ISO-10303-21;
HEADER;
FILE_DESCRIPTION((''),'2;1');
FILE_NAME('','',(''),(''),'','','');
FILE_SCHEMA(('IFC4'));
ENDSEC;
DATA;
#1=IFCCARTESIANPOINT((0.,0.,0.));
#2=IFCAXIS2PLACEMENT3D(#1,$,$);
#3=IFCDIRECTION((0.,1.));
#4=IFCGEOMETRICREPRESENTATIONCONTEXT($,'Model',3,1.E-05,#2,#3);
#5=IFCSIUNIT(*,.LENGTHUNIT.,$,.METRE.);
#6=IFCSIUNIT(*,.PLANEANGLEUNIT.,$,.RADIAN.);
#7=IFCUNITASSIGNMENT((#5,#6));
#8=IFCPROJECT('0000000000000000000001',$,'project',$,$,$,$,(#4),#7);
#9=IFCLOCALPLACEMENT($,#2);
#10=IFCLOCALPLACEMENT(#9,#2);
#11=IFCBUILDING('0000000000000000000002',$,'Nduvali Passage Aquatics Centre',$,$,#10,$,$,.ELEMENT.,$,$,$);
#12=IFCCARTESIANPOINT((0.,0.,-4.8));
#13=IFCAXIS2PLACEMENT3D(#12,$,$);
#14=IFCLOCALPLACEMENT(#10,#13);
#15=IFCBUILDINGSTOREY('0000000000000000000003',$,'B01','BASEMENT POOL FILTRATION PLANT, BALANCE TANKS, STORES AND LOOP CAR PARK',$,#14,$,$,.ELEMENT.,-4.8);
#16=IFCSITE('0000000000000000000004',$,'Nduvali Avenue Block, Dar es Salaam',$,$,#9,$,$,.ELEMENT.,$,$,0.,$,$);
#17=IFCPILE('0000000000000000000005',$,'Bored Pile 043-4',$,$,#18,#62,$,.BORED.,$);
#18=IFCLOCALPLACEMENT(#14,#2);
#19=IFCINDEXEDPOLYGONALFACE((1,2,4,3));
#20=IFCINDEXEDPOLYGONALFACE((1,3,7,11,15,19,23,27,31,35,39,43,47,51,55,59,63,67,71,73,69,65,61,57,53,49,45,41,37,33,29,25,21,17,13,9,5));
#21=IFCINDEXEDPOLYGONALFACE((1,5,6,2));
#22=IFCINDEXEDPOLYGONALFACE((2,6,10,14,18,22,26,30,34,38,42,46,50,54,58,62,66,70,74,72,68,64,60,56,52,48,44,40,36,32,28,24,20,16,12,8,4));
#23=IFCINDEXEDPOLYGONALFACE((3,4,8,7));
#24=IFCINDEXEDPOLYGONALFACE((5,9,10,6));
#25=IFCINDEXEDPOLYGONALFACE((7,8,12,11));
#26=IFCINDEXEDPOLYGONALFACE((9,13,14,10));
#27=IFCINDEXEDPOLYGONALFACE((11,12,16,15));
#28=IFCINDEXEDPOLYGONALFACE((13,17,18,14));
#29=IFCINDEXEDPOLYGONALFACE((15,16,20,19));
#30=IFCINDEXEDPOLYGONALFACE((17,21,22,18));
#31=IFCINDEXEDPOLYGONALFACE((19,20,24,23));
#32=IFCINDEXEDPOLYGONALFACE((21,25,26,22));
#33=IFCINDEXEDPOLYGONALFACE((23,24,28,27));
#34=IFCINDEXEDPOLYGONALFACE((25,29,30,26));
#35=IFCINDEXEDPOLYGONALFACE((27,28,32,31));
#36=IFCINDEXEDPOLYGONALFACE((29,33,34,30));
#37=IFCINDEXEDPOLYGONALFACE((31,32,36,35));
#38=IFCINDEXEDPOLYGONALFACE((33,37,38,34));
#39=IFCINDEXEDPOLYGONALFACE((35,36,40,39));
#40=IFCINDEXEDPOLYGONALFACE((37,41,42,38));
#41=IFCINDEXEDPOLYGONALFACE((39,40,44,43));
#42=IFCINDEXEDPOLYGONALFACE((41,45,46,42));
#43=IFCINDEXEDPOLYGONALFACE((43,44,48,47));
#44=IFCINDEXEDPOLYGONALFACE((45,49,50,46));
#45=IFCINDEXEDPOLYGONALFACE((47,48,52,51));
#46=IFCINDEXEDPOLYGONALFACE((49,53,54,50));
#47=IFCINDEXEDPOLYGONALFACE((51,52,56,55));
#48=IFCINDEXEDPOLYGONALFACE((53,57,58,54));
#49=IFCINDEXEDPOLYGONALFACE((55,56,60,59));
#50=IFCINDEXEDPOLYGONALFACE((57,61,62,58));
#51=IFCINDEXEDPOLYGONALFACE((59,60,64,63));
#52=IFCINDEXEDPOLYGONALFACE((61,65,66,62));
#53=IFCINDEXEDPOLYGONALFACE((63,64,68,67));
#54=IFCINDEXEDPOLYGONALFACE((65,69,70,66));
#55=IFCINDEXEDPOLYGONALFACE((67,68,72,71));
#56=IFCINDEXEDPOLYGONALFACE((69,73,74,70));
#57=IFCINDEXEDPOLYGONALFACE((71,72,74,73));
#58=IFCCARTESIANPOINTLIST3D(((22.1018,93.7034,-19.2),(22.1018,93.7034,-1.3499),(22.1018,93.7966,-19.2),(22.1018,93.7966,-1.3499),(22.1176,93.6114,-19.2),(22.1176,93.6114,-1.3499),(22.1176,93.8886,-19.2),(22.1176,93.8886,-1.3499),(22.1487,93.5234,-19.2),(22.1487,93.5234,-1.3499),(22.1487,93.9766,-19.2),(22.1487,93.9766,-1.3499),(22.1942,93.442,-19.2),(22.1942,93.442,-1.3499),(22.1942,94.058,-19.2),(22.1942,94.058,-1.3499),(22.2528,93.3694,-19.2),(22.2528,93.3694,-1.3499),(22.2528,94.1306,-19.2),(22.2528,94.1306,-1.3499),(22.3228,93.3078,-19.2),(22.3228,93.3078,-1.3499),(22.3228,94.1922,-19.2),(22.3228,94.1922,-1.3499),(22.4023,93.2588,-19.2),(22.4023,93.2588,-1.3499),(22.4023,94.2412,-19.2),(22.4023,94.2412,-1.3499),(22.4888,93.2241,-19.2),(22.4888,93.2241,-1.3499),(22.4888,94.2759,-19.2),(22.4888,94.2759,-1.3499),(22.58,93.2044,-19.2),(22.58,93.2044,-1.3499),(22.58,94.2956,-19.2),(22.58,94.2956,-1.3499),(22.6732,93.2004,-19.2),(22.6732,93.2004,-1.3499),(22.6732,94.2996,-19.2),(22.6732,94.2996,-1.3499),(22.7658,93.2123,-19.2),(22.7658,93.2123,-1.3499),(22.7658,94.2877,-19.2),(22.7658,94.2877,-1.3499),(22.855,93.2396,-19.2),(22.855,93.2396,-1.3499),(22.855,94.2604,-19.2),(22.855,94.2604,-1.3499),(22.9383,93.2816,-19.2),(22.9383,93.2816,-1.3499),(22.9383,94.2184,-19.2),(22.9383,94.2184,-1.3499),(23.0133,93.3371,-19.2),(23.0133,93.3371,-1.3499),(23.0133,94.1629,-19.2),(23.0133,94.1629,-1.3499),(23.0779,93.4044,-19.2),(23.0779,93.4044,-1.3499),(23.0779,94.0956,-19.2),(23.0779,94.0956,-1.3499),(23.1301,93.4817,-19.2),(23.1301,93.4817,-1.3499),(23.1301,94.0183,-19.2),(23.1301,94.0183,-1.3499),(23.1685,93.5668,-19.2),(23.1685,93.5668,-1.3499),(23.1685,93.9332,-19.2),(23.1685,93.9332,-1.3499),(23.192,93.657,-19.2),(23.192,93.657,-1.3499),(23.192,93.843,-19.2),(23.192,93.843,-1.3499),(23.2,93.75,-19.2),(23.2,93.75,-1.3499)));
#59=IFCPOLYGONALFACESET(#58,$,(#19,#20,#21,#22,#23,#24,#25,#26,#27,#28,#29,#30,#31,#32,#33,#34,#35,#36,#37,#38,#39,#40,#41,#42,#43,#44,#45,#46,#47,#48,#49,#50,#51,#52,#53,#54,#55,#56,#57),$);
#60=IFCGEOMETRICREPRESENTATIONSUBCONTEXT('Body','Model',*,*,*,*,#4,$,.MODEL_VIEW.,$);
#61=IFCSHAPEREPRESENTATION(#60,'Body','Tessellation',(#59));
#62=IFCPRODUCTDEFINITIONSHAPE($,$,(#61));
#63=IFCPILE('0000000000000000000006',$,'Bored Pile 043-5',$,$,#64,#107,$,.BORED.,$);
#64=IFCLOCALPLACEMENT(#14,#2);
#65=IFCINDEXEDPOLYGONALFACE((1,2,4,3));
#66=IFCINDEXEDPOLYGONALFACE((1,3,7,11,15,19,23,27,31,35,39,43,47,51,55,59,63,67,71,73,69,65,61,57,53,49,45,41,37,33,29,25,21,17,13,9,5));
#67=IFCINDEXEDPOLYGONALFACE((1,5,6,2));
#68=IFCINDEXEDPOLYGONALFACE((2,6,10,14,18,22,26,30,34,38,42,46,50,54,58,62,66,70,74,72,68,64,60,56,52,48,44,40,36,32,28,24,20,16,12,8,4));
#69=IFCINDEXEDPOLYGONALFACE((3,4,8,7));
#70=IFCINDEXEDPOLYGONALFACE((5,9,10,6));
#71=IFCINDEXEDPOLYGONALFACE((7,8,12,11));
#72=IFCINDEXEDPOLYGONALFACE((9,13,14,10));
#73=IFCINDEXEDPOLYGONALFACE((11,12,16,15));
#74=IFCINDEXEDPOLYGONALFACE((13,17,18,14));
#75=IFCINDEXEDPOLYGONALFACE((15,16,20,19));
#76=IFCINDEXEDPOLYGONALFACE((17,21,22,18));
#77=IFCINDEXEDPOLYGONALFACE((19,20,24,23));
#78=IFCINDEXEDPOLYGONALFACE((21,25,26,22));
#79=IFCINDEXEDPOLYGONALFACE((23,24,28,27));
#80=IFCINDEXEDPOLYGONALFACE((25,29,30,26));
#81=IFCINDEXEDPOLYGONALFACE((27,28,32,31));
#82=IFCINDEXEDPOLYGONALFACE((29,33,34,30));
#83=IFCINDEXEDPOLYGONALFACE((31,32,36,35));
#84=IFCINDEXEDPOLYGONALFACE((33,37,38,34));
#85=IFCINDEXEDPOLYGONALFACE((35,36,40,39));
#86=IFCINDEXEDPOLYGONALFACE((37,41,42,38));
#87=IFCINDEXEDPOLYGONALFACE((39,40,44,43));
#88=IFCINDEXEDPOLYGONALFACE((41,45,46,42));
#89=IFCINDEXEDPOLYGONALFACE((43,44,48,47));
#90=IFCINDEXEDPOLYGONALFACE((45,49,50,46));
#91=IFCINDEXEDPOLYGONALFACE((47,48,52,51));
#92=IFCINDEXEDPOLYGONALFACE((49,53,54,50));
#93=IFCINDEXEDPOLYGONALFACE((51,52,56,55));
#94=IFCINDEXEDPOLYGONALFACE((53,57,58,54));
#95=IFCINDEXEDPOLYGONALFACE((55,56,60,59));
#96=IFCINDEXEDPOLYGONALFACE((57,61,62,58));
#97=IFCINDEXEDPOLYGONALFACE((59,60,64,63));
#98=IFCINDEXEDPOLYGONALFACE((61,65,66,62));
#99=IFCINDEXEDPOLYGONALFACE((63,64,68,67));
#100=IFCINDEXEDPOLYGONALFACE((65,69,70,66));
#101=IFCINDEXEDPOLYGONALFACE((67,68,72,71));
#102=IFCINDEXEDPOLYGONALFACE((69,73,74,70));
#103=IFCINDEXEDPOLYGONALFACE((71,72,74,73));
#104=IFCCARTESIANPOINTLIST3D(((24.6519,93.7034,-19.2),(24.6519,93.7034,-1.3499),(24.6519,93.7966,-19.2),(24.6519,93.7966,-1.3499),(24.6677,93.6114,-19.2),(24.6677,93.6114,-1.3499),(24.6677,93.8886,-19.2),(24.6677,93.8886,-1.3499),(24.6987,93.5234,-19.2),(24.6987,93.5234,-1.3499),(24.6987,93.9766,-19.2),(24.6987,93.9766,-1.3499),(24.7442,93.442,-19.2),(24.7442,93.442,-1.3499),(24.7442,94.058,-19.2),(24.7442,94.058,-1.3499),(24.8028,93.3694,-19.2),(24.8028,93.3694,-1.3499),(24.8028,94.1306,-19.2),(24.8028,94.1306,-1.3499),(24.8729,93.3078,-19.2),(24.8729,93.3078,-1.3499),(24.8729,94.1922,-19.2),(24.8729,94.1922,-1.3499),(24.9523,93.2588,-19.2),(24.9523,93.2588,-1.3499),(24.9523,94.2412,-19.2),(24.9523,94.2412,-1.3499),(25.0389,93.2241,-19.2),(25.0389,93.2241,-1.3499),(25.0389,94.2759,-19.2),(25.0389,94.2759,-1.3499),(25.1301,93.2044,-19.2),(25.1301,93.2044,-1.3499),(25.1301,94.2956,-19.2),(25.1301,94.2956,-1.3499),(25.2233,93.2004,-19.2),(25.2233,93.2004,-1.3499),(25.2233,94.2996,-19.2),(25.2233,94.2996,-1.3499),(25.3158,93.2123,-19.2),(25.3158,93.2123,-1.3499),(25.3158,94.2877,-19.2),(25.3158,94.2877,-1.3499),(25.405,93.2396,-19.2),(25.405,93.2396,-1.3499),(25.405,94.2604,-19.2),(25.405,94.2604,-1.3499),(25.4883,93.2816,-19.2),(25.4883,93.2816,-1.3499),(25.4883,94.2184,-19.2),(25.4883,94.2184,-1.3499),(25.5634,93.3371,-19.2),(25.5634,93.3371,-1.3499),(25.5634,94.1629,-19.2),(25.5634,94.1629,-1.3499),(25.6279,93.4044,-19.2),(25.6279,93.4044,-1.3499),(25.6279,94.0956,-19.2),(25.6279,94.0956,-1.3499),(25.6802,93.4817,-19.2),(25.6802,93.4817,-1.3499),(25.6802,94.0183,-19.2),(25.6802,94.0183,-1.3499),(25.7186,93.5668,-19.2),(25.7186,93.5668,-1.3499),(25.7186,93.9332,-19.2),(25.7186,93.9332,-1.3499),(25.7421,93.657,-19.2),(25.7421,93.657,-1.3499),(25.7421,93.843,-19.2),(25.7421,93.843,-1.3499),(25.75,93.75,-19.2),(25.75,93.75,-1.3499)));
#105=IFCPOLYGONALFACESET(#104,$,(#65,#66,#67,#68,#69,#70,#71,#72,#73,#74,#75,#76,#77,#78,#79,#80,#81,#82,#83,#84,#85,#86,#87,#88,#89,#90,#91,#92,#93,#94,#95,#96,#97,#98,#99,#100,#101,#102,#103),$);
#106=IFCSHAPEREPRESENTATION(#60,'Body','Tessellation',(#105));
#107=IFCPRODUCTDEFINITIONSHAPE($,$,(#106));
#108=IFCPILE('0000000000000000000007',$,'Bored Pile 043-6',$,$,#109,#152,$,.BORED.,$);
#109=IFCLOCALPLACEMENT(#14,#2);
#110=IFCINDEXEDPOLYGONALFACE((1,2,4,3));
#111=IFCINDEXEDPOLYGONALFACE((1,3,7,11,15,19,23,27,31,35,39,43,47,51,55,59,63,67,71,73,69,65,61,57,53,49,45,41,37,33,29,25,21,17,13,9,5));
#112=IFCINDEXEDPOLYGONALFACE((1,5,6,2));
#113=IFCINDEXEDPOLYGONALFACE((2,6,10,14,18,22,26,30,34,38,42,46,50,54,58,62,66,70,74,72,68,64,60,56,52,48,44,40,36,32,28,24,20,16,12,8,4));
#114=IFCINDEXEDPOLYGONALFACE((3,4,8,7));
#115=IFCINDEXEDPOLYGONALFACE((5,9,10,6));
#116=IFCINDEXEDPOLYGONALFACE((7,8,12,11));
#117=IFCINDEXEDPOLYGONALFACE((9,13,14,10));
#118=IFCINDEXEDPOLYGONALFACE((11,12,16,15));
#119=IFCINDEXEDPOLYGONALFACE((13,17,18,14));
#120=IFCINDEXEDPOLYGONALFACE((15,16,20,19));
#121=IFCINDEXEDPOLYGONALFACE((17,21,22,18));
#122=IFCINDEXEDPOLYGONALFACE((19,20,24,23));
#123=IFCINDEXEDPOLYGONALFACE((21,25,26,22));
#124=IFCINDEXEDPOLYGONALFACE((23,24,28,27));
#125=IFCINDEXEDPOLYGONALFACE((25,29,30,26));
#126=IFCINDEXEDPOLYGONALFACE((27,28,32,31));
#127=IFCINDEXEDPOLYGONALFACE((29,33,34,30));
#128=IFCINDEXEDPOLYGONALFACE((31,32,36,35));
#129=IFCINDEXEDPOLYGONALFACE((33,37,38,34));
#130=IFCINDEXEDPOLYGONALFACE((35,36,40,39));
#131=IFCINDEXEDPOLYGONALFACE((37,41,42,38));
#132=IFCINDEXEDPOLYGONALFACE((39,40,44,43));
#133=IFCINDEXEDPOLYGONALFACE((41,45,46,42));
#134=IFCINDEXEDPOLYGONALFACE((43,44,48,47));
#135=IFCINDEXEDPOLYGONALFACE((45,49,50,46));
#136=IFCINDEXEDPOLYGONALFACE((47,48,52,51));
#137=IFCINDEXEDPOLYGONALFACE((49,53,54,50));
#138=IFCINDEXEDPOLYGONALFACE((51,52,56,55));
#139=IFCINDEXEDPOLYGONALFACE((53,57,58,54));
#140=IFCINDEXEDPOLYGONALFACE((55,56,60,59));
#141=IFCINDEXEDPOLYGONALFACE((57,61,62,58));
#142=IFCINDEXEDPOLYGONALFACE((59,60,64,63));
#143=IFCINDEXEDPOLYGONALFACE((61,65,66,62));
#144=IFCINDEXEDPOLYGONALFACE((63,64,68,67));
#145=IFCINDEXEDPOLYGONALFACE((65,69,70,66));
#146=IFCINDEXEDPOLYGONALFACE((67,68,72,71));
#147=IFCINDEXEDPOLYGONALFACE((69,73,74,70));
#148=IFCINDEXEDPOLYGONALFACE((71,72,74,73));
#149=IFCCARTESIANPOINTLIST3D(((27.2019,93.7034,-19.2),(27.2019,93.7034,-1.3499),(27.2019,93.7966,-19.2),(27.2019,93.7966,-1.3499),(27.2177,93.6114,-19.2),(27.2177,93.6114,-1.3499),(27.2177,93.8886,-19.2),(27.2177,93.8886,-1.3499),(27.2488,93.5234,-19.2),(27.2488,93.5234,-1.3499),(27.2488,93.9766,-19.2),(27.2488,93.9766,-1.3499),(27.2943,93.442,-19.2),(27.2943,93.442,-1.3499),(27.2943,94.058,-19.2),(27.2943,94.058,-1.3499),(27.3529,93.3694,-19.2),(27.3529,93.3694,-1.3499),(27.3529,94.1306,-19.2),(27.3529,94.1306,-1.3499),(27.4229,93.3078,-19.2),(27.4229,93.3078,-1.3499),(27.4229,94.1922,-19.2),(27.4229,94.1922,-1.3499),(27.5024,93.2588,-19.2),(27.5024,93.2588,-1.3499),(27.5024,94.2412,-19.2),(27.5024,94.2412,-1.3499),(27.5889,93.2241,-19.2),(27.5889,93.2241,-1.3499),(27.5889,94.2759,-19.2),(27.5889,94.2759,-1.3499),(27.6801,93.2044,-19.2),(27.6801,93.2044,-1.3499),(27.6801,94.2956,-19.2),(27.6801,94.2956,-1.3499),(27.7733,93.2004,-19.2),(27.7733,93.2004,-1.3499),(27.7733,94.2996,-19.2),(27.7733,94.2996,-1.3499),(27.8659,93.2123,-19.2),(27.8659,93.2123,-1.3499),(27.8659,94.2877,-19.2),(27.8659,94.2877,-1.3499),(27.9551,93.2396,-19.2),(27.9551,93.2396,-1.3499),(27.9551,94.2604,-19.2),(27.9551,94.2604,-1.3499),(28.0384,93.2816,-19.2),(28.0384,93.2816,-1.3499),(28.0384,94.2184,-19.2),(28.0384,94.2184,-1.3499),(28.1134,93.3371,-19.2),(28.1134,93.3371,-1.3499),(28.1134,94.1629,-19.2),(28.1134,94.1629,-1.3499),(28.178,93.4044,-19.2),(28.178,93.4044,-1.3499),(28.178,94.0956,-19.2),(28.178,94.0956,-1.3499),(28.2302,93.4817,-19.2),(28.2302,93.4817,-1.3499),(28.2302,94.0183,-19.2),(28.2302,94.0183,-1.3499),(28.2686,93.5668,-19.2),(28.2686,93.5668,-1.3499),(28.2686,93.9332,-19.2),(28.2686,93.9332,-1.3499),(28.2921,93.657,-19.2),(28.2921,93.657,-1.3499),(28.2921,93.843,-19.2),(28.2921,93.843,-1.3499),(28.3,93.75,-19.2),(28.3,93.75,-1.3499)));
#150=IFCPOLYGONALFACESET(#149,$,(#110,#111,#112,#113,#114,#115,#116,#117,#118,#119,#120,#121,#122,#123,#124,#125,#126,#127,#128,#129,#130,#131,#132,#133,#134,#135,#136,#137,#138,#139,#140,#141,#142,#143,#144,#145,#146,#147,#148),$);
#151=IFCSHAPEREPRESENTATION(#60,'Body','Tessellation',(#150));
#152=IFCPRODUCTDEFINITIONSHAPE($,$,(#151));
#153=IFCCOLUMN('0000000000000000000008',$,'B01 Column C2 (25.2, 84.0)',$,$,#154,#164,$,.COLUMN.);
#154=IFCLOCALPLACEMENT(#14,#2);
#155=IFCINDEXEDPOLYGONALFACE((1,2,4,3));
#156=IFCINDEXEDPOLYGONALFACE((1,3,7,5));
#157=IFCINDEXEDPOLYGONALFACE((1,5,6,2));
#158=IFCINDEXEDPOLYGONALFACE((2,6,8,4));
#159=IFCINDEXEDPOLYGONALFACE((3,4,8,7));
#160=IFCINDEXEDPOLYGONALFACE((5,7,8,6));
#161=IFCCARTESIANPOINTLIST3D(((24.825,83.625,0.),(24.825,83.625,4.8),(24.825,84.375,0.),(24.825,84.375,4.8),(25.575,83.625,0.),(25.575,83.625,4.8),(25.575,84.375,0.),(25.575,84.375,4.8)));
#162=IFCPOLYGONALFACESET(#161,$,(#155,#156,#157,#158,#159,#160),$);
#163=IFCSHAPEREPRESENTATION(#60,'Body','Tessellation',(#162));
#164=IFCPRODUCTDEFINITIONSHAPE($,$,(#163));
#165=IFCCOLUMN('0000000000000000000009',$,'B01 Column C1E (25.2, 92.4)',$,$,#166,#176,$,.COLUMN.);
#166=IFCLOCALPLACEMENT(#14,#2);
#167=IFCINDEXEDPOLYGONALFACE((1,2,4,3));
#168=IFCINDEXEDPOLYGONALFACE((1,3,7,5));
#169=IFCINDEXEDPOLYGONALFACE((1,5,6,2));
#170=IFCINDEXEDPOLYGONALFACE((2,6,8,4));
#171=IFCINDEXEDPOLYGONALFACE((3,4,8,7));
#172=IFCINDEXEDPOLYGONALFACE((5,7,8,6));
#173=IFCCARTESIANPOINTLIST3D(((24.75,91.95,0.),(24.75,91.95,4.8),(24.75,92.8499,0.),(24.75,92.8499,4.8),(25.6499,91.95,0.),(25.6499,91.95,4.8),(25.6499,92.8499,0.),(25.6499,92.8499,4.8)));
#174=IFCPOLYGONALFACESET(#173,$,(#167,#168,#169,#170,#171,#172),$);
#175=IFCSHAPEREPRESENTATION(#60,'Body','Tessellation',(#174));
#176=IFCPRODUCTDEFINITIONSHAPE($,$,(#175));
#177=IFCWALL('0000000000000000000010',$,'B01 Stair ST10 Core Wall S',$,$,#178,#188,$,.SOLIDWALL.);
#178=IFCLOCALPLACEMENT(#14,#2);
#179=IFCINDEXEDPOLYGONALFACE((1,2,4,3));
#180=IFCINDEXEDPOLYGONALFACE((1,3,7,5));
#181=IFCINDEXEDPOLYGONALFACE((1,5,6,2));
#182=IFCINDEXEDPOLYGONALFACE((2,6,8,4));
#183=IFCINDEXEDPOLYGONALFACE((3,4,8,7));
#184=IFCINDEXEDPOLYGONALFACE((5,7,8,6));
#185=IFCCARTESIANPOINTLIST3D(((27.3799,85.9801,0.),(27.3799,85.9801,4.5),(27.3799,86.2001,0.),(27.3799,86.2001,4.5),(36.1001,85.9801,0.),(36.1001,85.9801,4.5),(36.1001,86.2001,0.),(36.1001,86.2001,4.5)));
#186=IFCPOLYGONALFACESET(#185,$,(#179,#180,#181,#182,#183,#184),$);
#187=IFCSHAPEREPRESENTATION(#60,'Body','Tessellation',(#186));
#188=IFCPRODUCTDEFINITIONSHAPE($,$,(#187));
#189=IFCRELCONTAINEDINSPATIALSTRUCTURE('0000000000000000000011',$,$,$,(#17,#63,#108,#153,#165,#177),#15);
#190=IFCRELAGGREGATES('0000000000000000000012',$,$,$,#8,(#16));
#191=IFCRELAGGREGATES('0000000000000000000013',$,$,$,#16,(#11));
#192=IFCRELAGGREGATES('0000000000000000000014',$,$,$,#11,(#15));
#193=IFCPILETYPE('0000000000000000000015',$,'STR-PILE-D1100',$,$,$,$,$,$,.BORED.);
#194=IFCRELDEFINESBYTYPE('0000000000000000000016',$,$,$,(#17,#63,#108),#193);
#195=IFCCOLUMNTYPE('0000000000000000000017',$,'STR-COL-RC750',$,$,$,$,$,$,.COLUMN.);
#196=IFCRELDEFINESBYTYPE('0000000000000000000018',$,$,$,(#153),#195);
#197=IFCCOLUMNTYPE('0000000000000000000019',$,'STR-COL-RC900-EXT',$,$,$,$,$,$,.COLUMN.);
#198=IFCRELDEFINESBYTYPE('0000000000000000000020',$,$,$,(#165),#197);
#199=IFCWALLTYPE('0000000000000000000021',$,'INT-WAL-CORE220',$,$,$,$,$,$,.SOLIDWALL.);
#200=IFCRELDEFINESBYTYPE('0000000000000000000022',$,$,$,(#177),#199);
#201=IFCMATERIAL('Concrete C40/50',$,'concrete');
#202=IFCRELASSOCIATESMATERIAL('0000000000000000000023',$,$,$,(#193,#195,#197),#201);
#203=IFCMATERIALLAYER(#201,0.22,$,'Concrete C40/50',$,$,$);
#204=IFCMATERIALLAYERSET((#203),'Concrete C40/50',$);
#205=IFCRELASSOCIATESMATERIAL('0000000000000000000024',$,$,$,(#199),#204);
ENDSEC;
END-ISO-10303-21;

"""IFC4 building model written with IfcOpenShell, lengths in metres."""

from ifc_helpers import new_model, si_unit, direction, frame, frame_2d, origin, origin_2d, place, context, subcontext, project, spatial, rectangle, circle, extrude, material, layer, layer_set, material_profile, profile_set, type_object, element, save


model = new_model("IFC4")

# Units and contexts
model_context = context("Model", 3, precision=1e-05, world=origin(), true_north=direction((0.0, 1.0)))
body_context = subcontext(model_context, "Body", "Model", "MODEL_VIEW")
ifc_project = project(units=[si_unit("LENGTHUNIT", "METRE"), si_unit("PLANEANGLEUNIT", "RADIAN")], contexts=[model_context])

# Site, building, storey
site_placement = place(None, origin())
site = spatial("IfcSite", under=ifc_project, at=site_placement, Name="Nduvali Avenue Block, Dar es Salaam", CompositionType="ELEMENT", RefElevation=0.0)
building_placement = place(site_placement, origin())
building = spatial("IfcBuilding", under=site, at=building_placement, Name="Nduvali Passage Aquatics Centre", CompositionType="ELEMENT")
storey_placement = place(building_placement, frame((0.0, 0.0, -4.8)))
storey = spatial("IfcBuildingStorey", under=building, at=storey_placement, Name="B01", Description="BASEMENT POOL FILTRATION PLANT, BALANCE TANKS, STORES AND LOOP CAR PARK", CompositionType="ELEMENT", Elevation=-4.8)

# Shared definitions
ifc_material_1 = material(Name="Concrete C40/50", Category="concrete")

# Piles
ifc_material_profile_1 = material_profile(ifc_material_1, circle(Radius=0.55, at=origin_2d()), Name="PILE D1100")
ifc_profile_set_1 = profile_set([ifc_material_profile_1], Name="Concrete C40/50")
pile_type_1 = type_object("IfcPileType", Name="STR-PILE-D1100", PredefinedType="BORED", material=ifc_profile_set_1)
for number, where, z_axis, x_axis, name in (
    (1, (22.6499, 93.75, -1.3499), (0.0, 0.0, -1.0), (1.0, 0.0, 0.0), "Bored Pile 043-4"),
    (2, (25.2, 93.75, -1.3499), (0.0, 0.0, -1.0), (1.0, 0.0, 0.0), "Bored Pile 043-5"),
    (3, (27.75, 93.75, -1.3499), (0.0, 0.0, -1.0), (1.0, 0.0, 0.0), "Bored Pile 043-6"),
):
    element("IfcPile", number, at=place(storey_placement, frame(where, z_axis=z_axis, x_axis=x_axis)), inside=storey, type_object=pile_type_1, Name=name, PredefinedType="BORED", context=body_context, shape_type="SweptSolid", body=[
        extrude(circle(Radius=0.55, at=origin_2d()), origin(), (0.0, 0.0, 1.0), 17.8501),
    ])

# Columns
ifc_material_profile_2 = material_profile(ifc_material_1, rectangle(XDim=0.75, YDim=0.75, at=origin_2d()), Name="RC 750x750")
ifc_profile_set_2 = profile_set([ifc_material_profile_2], Name="Concrete C40/50")
column_type_1 = type_object("IfcColumnType", Name="STR-COL-RC750", PredefinedType="COLUMN", material=ifc_profile_set_2)
column_1_placement = place(storey_placement, frame((25.2, 84.0, 0.0), z_axis=(0.0, 0.0, 1.0), x_axis=(1.0, 0.0, 0.0)))
element("IfcColumn", 4, at=column_1_placement, inside=storey, type_object=column_type_1, Name="B01 Column C2 (25.2, 84.0)", PredefinedType="COLUMN", context=body_context, shape_type="SweptSolid", body=[
    extrude(rectangle(XDim=0.75, YDim=0.75, at=origin_2d()), origin(), (0.0, 0.0, 1.0), 4.8),
])
ifc_material_profile_3 = material_profile(ifc_material_1, rectangle(XDim=0.8999, YDim=0.8999, at=origin_2d()), Name="RC 900x900")
ifc_profile_set_3 = profile_set([ifc_material_profile_3], Name="Concrete C40/50")
column_type_2 = type_object("IfcColumnType", Name="STR-COL-RC900-EXT", PredefinedType="COLUMN", material=ifc_profile_set_3)
column_2_placement = place(storey_placement, frame((25.2, 92.3999, 0.0), z_axis=(0.0, 0.0, 1.0), x_axis=(1.0, 0.0, 0.0)))
element("IfcColumn", 5, at=column_2_placement, inside=storey, type_object=column_type_2, Name="B01 Column C1E (25.2, 92.4)", PredefinedType="COLUMN", context=body_context, shape_type="SweptSolid", body=[
    extrude(rectangle(XDim=0.8999, YDim=0.8999, at=origin_2d()), origin(), (0.0, 0.0, 1.0), 4.8),
])

# Wall
ifc_layer_1 = layer(ifc_material_1, 0.22, Name="Concrete C40/50")
ifc_layer_set_1 = layer_set([ifc_layer_1], Name="Concrete C40/50")
wall_type_1 = type_object("IfcWallType", Name="INT-WAL-CORE220", PredefinedType="SOLIDWALL", material=ifc_layer_set_1)
wall_1_placement = place(storey_placement, frame((27.3799, 86.0901, 0.0), z_axis=(0.0, 0.0, 1.0), x_axis=(1.0, 0.0, 0.0)))
element("IfcWall", 6, at=wall_1_placement, inside=storey, type_object=wall_type_1, Name="B01 Stair ST10 Core Wall S", PredefinedType="SOLIDWALL", context=body_context, shape_type="SweptSolid", body=[
    extrude(rectangle(XDim=8.7202, YDim=0.22, at=frame_2d((4.3601, 0.0))), origin(), (0.0, 0.0, 1.0), 4.5),
])

save(model, "model.ifc")
